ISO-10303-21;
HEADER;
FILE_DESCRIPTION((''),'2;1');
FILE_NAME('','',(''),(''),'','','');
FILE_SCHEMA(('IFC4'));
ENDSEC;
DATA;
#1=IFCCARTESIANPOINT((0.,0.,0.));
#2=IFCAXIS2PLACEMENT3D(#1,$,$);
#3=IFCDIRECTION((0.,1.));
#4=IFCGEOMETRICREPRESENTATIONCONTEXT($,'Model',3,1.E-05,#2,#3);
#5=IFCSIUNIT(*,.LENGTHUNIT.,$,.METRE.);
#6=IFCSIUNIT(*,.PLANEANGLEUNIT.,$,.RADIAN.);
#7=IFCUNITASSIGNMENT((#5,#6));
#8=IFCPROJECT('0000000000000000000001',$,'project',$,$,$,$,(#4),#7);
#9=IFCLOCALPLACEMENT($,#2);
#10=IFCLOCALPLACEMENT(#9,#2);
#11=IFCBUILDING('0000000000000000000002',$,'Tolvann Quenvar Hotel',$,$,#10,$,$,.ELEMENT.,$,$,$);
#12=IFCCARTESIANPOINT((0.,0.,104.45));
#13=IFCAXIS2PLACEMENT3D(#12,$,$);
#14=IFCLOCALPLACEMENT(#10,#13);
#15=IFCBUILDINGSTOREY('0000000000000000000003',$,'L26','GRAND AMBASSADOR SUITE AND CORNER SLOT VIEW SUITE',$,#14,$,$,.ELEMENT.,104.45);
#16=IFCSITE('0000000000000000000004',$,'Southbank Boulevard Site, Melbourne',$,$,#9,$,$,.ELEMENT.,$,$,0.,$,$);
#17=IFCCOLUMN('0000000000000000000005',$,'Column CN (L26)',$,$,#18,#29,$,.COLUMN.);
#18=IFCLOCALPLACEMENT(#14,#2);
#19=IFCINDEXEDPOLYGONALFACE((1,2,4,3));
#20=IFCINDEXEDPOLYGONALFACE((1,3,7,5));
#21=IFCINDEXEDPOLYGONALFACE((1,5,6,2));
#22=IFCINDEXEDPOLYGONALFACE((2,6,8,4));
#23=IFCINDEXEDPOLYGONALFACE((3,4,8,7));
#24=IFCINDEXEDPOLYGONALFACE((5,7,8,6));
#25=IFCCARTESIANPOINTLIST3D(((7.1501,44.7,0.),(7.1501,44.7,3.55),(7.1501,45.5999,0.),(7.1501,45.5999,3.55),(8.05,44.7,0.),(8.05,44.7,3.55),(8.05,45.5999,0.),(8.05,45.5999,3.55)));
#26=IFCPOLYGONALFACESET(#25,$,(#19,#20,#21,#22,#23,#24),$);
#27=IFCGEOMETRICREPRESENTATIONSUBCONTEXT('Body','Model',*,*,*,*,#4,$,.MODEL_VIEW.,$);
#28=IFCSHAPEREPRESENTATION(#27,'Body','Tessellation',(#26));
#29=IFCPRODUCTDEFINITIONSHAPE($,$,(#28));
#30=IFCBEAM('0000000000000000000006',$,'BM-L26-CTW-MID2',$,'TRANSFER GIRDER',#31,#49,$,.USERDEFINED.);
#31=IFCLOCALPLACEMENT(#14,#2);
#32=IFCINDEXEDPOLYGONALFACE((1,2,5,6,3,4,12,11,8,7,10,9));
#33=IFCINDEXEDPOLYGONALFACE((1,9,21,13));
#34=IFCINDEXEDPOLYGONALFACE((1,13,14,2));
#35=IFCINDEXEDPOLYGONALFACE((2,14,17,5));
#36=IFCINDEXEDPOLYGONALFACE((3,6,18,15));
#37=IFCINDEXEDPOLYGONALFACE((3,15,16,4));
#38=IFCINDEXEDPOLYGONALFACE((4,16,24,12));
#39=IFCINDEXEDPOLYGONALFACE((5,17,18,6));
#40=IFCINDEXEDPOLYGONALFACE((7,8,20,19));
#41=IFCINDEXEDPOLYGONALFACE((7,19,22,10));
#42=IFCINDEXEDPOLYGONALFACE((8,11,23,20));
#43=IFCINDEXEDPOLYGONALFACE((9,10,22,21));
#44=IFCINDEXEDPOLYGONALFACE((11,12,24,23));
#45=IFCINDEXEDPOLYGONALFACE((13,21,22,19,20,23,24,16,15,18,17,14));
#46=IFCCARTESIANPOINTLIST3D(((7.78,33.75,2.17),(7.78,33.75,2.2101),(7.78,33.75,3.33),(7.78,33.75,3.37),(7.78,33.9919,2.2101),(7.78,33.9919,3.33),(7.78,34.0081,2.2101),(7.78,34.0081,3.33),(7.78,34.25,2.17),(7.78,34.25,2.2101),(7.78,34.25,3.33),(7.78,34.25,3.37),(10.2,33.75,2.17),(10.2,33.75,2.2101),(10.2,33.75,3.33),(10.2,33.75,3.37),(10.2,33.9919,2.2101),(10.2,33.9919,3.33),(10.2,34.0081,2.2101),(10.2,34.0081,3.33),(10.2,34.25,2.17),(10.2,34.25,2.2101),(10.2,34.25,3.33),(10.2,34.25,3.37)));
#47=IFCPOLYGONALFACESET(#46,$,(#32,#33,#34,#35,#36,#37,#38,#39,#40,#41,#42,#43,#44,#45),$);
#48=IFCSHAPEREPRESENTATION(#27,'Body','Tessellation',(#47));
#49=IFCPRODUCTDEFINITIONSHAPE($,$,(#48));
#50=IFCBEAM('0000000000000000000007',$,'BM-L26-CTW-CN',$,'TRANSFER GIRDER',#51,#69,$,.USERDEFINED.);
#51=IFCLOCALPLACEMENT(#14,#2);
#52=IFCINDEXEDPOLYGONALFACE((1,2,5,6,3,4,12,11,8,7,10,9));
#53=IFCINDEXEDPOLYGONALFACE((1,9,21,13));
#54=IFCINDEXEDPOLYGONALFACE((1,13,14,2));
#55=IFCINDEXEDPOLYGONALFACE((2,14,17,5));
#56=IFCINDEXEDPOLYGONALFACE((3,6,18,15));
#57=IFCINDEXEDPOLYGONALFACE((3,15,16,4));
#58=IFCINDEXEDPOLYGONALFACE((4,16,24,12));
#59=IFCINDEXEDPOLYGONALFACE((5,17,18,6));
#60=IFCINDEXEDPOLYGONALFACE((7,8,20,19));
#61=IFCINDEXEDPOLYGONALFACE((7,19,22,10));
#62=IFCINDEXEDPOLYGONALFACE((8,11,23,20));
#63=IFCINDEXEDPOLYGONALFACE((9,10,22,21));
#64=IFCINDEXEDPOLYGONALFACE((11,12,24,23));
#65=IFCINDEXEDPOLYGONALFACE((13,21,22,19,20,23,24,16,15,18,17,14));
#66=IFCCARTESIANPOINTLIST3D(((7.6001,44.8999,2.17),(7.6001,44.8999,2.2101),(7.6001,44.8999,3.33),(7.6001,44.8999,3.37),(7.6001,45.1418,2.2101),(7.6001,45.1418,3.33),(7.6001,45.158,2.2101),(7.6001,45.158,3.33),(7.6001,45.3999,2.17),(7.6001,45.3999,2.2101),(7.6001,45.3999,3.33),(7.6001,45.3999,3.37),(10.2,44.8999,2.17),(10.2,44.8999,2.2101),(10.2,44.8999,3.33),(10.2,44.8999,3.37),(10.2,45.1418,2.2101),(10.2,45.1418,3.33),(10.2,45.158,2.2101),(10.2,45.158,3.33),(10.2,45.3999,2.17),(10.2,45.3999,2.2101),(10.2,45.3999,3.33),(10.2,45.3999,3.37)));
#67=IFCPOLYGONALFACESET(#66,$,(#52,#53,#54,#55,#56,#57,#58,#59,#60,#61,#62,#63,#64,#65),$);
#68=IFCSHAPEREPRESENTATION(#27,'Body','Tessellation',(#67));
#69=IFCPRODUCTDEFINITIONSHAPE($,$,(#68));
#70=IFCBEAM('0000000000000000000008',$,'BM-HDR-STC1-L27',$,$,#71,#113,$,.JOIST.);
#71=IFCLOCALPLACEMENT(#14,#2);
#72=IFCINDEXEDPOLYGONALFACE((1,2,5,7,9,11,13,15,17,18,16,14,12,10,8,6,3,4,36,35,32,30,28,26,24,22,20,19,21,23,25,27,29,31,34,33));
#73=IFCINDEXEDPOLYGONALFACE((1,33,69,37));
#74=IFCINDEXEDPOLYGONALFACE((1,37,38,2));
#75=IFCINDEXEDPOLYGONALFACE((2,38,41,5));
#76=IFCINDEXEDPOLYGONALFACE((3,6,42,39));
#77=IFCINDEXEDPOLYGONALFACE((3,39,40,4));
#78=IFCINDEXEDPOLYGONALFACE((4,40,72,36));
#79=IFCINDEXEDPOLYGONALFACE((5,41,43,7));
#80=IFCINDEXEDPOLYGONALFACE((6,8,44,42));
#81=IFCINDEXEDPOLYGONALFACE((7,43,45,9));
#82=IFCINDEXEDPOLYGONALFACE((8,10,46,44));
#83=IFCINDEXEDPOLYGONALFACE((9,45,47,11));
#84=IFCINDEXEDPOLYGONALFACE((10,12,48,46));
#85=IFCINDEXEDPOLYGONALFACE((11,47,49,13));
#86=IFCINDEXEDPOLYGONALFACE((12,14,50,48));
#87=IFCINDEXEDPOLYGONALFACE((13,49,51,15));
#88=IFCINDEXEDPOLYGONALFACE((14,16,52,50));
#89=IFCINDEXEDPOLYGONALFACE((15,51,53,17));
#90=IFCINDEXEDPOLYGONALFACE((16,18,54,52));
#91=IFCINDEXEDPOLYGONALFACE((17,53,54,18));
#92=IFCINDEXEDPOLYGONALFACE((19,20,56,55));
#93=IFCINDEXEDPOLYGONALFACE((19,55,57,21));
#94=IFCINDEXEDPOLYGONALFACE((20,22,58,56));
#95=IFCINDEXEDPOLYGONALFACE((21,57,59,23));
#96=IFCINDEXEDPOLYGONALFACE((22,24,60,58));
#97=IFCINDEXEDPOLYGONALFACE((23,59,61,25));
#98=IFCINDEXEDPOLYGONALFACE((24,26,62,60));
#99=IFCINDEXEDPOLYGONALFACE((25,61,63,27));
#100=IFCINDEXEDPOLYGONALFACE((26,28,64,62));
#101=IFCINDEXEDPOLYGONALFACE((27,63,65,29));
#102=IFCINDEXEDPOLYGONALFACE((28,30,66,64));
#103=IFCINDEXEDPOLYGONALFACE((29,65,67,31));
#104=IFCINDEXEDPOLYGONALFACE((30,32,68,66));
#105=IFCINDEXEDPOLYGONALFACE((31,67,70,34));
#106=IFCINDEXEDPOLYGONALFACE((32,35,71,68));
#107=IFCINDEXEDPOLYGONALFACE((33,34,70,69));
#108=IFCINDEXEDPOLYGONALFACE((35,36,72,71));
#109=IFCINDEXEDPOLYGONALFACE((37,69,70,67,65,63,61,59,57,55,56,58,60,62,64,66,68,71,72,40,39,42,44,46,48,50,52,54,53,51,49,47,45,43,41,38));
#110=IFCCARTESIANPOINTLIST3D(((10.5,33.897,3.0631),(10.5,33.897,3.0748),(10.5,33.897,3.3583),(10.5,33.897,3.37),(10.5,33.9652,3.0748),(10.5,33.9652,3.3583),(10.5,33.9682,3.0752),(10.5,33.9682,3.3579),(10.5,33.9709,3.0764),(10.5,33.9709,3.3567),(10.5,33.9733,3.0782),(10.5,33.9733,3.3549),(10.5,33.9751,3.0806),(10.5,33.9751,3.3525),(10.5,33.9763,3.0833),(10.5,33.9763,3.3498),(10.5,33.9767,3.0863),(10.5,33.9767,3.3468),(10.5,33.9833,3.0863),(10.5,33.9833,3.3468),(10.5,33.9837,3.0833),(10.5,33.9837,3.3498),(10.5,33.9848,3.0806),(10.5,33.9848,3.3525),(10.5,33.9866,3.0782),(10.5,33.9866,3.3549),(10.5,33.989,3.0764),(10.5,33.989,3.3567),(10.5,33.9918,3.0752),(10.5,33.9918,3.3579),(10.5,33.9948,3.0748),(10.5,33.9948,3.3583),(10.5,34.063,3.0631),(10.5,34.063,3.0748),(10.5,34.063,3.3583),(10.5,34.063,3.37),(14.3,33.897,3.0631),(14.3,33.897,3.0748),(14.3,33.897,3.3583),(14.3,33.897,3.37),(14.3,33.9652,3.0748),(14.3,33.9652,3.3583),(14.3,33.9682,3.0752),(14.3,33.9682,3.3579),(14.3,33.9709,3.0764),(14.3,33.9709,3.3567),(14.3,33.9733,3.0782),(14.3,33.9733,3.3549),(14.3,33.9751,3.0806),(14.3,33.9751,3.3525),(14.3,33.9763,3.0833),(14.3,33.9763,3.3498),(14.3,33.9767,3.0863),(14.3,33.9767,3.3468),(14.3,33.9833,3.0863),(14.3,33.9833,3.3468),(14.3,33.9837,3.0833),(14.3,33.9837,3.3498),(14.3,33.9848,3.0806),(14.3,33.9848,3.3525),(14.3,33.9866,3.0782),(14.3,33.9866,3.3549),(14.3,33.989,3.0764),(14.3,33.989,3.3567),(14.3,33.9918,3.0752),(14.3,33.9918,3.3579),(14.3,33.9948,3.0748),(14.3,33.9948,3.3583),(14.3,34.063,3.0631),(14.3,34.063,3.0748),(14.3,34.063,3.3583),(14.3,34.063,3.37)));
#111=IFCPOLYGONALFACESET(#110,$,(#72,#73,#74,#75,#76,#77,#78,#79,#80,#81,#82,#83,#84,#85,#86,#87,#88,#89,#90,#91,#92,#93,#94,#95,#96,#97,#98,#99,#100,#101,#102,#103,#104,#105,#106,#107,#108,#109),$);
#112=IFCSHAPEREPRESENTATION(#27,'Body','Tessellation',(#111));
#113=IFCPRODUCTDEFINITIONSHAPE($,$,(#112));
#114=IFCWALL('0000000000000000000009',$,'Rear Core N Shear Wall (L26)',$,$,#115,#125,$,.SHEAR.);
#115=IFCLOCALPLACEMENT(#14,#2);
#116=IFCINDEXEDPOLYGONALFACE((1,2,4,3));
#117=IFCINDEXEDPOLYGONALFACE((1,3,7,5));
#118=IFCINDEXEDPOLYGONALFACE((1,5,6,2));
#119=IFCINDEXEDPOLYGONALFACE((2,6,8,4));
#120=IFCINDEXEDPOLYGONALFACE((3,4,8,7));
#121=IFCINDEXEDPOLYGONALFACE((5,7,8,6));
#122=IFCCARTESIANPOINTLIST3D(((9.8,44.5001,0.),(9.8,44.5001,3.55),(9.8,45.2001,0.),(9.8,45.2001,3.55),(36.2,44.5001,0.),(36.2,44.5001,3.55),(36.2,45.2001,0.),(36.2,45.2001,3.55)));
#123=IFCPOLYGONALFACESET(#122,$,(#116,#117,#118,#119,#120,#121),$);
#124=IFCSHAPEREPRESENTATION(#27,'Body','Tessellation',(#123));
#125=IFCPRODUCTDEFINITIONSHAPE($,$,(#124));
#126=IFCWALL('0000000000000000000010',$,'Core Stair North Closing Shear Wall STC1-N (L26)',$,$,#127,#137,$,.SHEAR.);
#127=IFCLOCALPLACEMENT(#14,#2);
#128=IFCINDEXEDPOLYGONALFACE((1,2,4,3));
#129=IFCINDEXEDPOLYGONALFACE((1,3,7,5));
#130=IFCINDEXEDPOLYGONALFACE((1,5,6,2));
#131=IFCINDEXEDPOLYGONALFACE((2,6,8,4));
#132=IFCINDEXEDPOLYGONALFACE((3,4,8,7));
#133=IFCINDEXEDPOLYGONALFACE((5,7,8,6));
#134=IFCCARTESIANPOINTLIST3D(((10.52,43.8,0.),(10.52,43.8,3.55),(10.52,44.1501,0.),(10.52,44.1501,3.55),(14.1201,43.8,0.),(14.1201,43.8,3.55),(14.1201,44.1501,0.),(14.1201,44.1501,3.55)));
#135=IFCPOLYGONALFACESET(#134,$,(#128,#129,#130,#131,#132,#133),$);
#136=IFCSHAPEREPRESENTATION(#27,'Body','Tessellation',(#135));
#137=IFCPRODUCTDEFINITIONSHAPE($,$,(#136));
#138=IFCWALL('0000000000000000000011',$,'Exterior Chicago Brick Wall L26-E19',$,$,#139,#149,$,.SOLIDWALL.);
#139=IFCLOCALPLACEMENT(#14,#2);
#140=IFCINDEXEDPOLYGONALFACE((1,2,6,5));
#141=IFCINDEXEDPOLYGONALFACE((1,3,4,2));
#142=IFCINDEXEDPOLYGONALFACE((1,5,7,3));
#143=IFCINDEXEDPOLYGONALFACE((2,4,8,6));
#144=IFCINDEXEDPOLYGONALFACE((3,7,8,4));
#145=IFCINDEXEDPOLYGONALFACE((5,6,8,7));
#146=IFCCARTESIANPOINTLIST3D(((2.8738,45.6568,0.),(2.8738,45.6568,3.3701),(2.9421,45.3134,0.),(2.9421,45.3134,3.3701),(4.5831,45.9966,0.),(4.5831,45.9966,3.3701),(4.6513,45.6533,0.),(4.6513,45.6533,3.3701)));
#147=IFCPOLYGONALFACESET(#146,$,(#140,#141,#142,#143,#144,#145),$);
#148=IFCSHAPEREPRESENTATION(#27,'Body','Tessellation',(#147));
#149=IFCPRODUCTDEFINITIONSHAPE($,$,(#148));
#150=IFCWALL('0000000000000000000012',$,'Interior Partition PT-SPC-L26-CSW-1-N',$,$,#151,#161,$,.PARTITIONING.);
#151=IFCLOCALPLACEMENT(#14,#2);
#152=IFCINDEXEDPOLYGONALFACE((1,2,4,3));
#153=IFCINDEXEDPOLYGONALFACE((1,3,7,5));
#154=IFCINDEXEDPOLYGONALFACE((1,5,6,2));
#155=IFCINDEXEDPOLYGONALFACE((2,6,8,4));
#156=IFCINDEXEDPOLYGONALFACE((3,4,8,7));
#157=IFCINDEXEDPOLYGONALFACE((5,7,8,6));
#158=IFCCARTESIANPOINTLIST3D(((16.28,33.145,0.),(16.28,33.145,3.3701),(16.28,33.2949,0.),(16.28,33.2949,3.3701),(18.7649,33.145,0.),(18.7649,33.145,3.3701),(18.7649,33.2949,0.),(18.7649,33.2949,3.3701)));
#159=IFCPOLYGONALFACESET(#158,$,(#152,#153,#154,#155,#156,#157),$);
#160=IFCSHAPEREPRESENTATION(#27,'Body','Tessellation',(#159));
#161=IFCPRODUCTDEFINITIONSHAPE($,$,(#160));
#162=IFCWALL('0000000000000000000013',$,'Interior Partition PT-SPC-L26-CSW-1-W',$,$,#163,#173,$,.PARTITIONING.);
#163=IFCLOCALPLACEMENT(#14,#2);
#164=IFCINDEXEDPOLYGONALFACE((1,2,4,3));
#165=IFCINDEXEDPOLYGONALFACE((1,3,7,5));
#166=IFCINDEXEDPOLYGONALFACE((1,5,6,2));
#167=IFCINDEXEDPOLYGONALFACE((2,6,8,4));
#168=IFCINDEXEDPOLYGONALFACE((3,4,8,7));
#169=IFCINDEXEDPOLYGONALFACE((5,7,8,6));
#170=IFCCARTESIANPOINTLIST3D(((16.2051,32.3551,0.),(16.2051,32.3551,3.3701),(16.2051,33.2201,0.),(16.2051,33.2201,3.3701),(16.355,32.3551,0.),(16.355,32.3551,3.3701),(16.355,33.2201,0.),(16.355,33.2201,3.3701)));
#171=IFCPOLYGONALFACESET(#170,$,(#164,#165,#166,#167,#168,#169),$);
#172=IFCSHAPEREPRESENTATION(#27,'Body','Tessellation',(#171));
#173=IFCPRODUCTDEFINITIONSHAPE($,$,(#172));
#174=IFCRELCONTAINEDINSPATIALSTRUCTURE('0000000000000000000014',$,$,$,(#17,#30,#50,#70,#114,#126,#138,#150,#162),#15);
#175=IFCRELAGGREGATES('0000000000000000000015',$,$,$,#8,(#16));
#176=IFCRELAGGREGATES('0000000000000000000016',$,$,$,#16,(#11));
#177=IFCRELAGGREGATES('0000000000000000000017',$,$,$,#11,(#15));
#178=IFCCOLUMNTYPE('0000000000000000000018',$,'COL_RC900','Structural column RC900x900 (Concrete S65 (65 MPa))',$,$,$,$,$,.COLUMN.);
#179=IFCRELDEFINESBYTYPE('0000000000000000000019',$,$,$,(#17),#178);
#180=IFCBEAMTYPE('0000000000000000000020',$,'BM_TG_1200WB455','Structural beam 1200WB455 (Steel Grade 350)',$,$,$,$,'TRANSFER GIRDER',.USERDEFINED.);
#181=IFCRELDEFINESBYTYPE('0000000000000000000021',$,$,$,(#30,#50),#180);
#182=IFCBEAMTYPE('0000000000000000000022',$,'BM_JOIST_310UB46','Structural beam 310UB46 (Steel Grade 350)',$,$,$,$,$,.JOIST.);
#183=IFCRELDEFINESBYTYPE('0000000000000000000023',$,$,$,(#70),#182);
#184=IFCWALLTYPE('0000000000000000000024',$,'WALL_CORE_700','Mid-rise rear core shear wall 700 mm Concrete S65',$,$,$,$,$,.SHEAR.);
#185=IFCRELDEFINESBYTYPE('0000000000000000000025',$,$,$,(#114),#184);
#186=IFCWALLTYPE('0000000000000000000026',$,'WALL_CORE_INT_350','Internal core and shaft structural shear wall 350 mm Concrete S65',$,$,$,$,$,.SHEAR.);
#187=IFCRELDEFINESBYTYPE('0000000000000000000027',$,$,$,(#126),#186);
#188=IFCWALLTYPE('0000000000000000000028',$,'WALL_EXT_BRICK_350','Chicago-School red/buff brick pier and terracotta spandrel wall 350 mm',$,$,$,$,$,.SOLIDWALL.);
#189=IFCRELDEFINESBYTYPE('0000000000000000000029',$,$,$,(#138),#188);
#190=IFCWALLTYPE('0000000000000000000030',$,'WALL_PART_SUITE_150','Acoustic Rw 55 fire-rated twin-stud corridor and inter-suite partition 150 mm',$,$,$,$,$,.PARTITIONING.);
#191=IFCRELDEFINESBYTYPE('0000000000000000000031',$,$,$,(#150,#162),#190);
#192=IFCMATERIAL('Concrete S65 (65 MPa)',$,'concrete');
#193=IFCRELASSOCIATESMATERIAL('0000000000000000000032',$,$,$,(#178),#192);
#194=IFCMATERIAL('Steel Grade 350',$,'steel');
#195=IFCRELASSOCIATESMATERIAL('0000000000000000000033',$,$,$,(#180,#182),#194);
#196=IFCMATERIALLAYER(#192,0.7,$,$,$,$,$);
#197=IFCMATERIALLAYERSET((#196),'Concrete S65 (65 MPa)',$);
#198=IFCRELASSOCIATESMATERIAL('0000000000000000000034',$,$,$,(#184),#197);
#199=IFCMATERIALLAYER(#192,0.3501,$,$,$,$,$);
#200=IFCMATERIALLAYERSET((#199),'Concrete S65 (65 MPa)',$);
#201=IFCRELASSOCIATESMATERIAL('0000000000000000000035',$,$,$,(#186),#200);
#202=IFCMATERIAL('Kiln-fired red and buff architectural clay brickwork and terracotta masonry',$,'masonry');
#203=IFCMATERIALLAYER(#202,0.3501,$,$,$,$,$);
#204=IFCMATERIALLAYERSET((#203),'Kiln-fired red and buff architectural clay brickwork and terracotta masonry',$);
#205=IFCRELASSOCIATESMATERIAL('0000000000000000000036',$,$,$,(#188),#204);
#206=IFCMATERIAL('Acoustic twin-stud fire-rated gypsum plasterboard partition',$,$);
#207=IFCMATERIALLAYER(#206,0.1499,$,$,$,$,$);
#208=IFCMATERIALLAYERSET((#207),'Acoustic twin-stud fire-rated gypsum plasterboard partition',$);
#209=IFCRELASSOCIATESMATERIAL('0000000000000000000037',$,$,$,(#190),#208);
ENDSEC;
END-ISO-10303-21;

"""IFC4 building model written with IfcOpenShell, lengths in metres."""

from ifc_helpers import new_model, si_unit, direction, frame, frame_2d, origin, origin_2d, place, context, subcontext, project, spatial, rectangle, i_section, extrude, source, transform, mapped, material, layer, layer_set, material_profile, profile_set, type_object, type_shapes, element, save


model = new_model("IFC4")

# Units and contexts
model_context = context("Model", 3, precision=1e-05, world=origin(), true_north=direction((0.0, 1.0)))
body_context = subcontext(model_context, "Body", "Model", "MODEL_VIEW")
ifc_project = project(units=[si_unit("LENGTHUNIT", "METRE"), si_unit("PLANEANGLEUNIT", "RADIAN")], contexts=[model_context])

# Site, building, storey
site_placement = place(None, origin())
site = spatial("IfcSite", under=ifc_project, at=site_placement, Name="Southbank Boulevard Site, Melbourne", CompositionType="ELEMENT", RefElevation=0.0)
building_placement = place(site_placement, origin())
building = spatial("IfcBuilding", under=site, at=building_placement, Name="Tolvann Quenvar Hotel", CompositionType="ELEMENT")
storey_placement = place(building_placement, frame((0.0, 0.0, 104.45)))
storey = spatial("IfcBuildingStorey", under=building, at=storey_placement, Name="L26", Description="GRAND AMBASSADOR SUITE AND CORNER SLOT VIEW SUITE", CompositionType="ELEMENT", Elevation=104.45)

# Column
ifc_material_1 = material(Name="Concrete S65 (65 MPa)", Category="concrete")
ifc_material_profile_1 = material_profile(ifc_material_1, rectangle(XDim=0.8999, YDim=0.8999, at=origin_2d()), Name="RC900x900")
ifc_profile_set_1 = profile_set([ifc_material_profile_1], Name="Concrete S65 (65 MPa)")
column_type = type_object("IfcColumnType", Name="COL_RC900", Description="Structural column RC900x900 (Concrete S65 (65 MPa))", PredefinedType="COLUMN", material=ifc_profile_set_1)
shared_shape_1 = source(origin(), body_context, "Body", "SweptSolid", [
    extrude(rectangle(XDim=0.8999, YDim=0.8999, at=origin_2d()), origin(), (0.0, 0.0, 1.0), 3.55),
])
type_shapes(column_type, [shared_shape_1])
column_placement = place(storey_placement, frame((7.6001, 45.1499, 0.0), z_axis=(0.0, 0.0, 1.0), x_axis=(1.0, 0.0, 0.0)))
element("IfcColumn", 1, at=column_placement, inside=storey, type_object=column_type, Name="Column CN (L26)", PredefinedType="COLUMN", context=body_context, shape_type="MappedRepresentation", body=[
    mapped(shared_shape_1, transform((0.0, 0.0, 0.0), x_axis=(1.0, 0.0, 0.0), y_axis=(0.0, 1.0, 0.0), z_axis=(0.0, 0.0, 1.0), scale=1.0)),
])

# Beams
ifc_material_2 = material(Name="Steel Grade 350", Category="steel")
ifc_material_profile_2 = material_profile(ifc_material_2, i_section(OverallWidth=0.5, OverallDepth=1.2, WebThickness=0.0161, FlangeThickness=0.04, at=origin_2d()), Name="1200WB455")
ifc_profile_set_2 = profile_set([ifc_material_profile_2], Name="Steel Grade 350")
beam_type_1 = type_object("IfcBeamType", Name="BM_TG_1200WB455", Description="Structural beam 1200WB455 (Steel Grade 350)", ElementType="TRANSFER GIRDER", PredefinedType="USERDEFINED", material=ifc_profile_set_2)
shared_shape_2 = source(origin(), body_context, "Body", "SweptSolid", [
    extrude(i_section(OverallWidth=0.5, OverallDepth=1.2, WebThickness=0.0161, FlangeThickness=0.04, at=origin_2d()), origin(), (0.0, 0.0, 1.0), 2.4199),
])
beam_1_placement = place(storey_placement, frame((7.78, 34.0, 2.77), z_axis=(1.0, 0.0, 0.0), x_axis=(0.0, 1.0, 0.0)))
element("IfcBeam", 2, at=beam_1_placement, inside=storey, type_object=beam_type_1, Name="BM-L26-CTW-MID2", ObjectType="TRANSFER GIRDER", PredefinedType="USERDEFINED", context=body_context, shape_type="MappedRepresentation", body=[
    mapped(shared_shape_2, transform((0.0, 0.0, 0.0), x_axis=(1.0, 0.0, 0.0), y_axis=(0.0, 1.0, 0.0), z_axis=(0.0, 0.0, 1.0), scale=1.0)),
])
shared_shape_3 = source(origin(), body_context, "Body", "SweptSolid", [
    extrude(i_section(OverallWidth=0.5, OverallDepth=1.2, WebThickness=0.0161, FlangeThickness=0.04, at=origin_2d()), origin(), (0.0, 0.0, 1.0), 2.5999),
])
type_shapes(beam_type_1, [shared_shape_2, shared_shape_3])
beam_2_placement = place(storey_placement, frame((7.6001, 45.1499, 2.77), z_axis=(1.0, 0.0, 0.0), x_axis=(0.0, 1.0, 0.0)))
element("IfcBeam", 3, at=beam_2_placement, inside=storey, type_object=beam_type_1, Name="BM-L26-CTW-CN", ObjectType="TRANSFER GIRDER", PredefinedType="USERDEFINED", context=body_context, shape_type="MappedRepresentation", body=[
    mapped(shared_shape_3, transform((0.0, 0.0, 0.0), x_axis=(1.0, 0.0, 0.0), y_axis=(0.0, 1.0, 0.0), z_axis=(0.0, 0.0, 1.0), scale=1.0)),
])
ifc_material_profile_3 = material_profile(ifc_material_2, i_section(OverallWidth=0.166, OverallDepth=0.3069, WebThickness=0.0066, FlangeThickness=0.0117, FilletRadius=0.0115, at=origin_2d()), Name="310UB46")
ifc_profile_set_3 = profile_set([ifc_material_profile_3], Name="Steel Grade 350")
beam_type_2 = type_object("IfcBeamType", Name="BM_JOIST_310UB46", Description="Structural beam 310UB46 (Steel Grade 350)", PredefinedType="JOIST", material=ifc_profile_set_3)
shared_shape_4 = source(origin(), body_context, "Body", "SweptSolid", [
    extrude(i_section(OverallWidth=0.166, OverallDepth=0.3069, WebThickness=0.0066, FlangeThickness=0.0117, FilletRadius=0.0115, at=origin_2d()), origin(), (0.0, 0.0, 1.0), 3.8),
])
type_shapes(beam_type_2, [shared_shape_4])
beam_3_placement = place(storey_placement, frame((10.5, 33.98, 3.2166), z_axis=(1.0, 0.0, 0.0), x_axis=(0.0, 1.0, 0.0)))
element("IfcBeam", 4, at=beam_3_placement, inside=storey, type_object=beam_type_2, Name="BM-HDR-STC1-L27", PredefinedType="JOIST", context=body_context, shape_type="MappedRepresentation", body=[
    mapped(shared_shape_4, transform((0.0, 0.0, 0.0), x_axis=(1.0, 0.0, 0.0), y_axis=(0.0, 1.0, 0.0), z_axis=(0.0, 0.0, 1.0), scale=1.0)),
])

# Walls
ifc_layer_1 = layer(ifc_material_1, 0.7)
ifc_layer_set_1 = layer_set([ifc_layer_1], Name="Concrete S65 (65 MPa)")
wall_type_1 = type_object("IfcWallType", Name="WALL_CORE_700", Description="Mid-rise rear core shear wall 700 mm Concrete S65", PredefinedType="SHEAR", material=ifc_layer_set_1)
wall_1_placement = place(storey_placement, frame((9.8, 44.8501, 0.0), z_axis=(0.0, 0.0, 1.0), x_axis=(1.0, 0.0, 0.0)))
element("IfcWall", 5, at=wall_1_placement, inside=storey, type_object=wall_type_1, Name="Rear Core N Shear Wall (L26)", PredefinedType="SHEAR", context=body_context, shape_type="SweptSolid", body=[
    extrude(rectangle(XDim=26.3999, YDim=0.7, at=frame_2d((13.2, 0.0))), origin(), (0.0, 0.0, 1.0), 3.55),
])
ifc_layer_2 = layer(ifc_material_1, 0.3501)
ifc_layer_set_2 = layer_set([ifc_layer_2], Name="Concrete S65 (65 MPa)")
wall_type_2 = type_object("IfcWallType", Name="WALL_CORE_INT_350", Description="Internal core and shaft structural shear wall 350 mm Concrete S65", PredefinedType="SHEAR", material=ifc_layer_set_2)
wall_2_placement = place(storey_placement, frame((10.52, 43.9751, 0.0), z_axis=(0.0, 0.0, 1.0), x_axis=(1.0, 0.0, 0.0)))
element("IfcWall", 6, at=wall_2_placement, inside=storey, type_object=wall_type_2, Name="Core Stair North Closing Shear Wall STC1-N (L26)", PredefinedType="SHEAR", context=body_context, shape_type="SweptSolid", body=[
    extrude(rectangle(XDim=3.6001, YDim=0.3501, at=frame_2d((1.8, 0.0))), origin(), (0.0, 0.0, 1.0), 3.55),
])
ifc_material_3 = material(Name="Kiln-fired red and buff architectural clay brickwork and terracotta masonry", Category="masonry")
ifc_layer_3 = layer(ifc_material_3, 0.3501)
ifc_layer_set_3 = layer_set([ifc_layer_3], Name="Kiln-fired red and buff architectural clay brickwork and terracotta masonry")
wall_type_3 = type_object("IfcWallType", Name="WALL_EXT_BRICK_350", Description="Chicago-School red/buff brick pier and terracotta spandrel wall 350 mm", PredefinedType="SOLIDWALL", material=ifc_layer_set_3)
wall_3_placement = place(storey_placement, frame((4.6172, 45.825, 0.0), z_axis=(0.0, 0.0, 1.0), x_axis=(-0.980801, -0.195011, 0.0)))
element("IfcWall", 7, at=wall_3_placement, inside=storey, type_object=wall_type_3, Name="Exterior Chicago Brick Wall L26-E19", PredefinedType="SOLIDWALL", context=body_context, shape_type="SweptSolid", body=[
    extrude(rectangle(XDim=1.7427, YDim=0.3501, at=frame_2d((0.8713, 0.0))), origin(), (0.0, 0.0, 1.0), 3.3701),
])
ifc_material_4 = material(Name="Acoustic twin-stud fire-rated gypsum plasterboard partition")
ifc_layer_4 = layer(ifc_material_4, 0.1499)
ifc_layer_set_4 = layer_set([ifc_layer_4], Name="Acoustic twin-stud fire-rated gypsum plasterboard partition")
wall_type_4 = type_object("IfcWallType", Name="WALL_PART_SUITE_150", Description="Acoustic Rw 55 fire-rated twin-stud corridor and inter-suite partition 150 mm", PredefinedType="PARTITIONING", material=ifc_layer_set_4)
wall_4_placement = place(storey_placement, frame((16.28, 33.22, 0.0), z_axis=(0.0, 0.0, 1.0), x_axis=(1.0, 0.0, 0.0)))
element("IfcWall", 8, at=wall_4_placement, inside=storey, type_object=wall_type_4, Name="Interior Partition PT-SPC-L26-CSW-1-N", PredefinedType="PARTITIONING", context=body_context, shape_type="SweptSolid", body=[
    extrude(rectangle(XDim=2.4849, YDim=0.1499, at=frame_2d((1.2424, 0.0))), origin(), (0.0, 0.0, 1.0), 3.3701),
])
wall_5_placement = place(storey_placement, frame((16.28, 32.355, 0.0), z_axis=(0.0, 0.0, 1.0), x_axis=(0.0, 1.0, 0.0)))
element("IfcWall", 9, at=wall_5_placement, inside=storey, type_object=wall_type_4, Name="Interior Partition PT-SPC-L26-CSW-1-W", PredefinedType="PARTITIONING", context=body_context, shape_type="SweptSolid", body=[
    extrude(rectangle(XDim=0.865, YDim=0.1499, at=frame_2d((0.4326, 0.0))), origin(), (0.0, 0.0, 1.0), 3.3701),
])

save(model, "model.ifc")
